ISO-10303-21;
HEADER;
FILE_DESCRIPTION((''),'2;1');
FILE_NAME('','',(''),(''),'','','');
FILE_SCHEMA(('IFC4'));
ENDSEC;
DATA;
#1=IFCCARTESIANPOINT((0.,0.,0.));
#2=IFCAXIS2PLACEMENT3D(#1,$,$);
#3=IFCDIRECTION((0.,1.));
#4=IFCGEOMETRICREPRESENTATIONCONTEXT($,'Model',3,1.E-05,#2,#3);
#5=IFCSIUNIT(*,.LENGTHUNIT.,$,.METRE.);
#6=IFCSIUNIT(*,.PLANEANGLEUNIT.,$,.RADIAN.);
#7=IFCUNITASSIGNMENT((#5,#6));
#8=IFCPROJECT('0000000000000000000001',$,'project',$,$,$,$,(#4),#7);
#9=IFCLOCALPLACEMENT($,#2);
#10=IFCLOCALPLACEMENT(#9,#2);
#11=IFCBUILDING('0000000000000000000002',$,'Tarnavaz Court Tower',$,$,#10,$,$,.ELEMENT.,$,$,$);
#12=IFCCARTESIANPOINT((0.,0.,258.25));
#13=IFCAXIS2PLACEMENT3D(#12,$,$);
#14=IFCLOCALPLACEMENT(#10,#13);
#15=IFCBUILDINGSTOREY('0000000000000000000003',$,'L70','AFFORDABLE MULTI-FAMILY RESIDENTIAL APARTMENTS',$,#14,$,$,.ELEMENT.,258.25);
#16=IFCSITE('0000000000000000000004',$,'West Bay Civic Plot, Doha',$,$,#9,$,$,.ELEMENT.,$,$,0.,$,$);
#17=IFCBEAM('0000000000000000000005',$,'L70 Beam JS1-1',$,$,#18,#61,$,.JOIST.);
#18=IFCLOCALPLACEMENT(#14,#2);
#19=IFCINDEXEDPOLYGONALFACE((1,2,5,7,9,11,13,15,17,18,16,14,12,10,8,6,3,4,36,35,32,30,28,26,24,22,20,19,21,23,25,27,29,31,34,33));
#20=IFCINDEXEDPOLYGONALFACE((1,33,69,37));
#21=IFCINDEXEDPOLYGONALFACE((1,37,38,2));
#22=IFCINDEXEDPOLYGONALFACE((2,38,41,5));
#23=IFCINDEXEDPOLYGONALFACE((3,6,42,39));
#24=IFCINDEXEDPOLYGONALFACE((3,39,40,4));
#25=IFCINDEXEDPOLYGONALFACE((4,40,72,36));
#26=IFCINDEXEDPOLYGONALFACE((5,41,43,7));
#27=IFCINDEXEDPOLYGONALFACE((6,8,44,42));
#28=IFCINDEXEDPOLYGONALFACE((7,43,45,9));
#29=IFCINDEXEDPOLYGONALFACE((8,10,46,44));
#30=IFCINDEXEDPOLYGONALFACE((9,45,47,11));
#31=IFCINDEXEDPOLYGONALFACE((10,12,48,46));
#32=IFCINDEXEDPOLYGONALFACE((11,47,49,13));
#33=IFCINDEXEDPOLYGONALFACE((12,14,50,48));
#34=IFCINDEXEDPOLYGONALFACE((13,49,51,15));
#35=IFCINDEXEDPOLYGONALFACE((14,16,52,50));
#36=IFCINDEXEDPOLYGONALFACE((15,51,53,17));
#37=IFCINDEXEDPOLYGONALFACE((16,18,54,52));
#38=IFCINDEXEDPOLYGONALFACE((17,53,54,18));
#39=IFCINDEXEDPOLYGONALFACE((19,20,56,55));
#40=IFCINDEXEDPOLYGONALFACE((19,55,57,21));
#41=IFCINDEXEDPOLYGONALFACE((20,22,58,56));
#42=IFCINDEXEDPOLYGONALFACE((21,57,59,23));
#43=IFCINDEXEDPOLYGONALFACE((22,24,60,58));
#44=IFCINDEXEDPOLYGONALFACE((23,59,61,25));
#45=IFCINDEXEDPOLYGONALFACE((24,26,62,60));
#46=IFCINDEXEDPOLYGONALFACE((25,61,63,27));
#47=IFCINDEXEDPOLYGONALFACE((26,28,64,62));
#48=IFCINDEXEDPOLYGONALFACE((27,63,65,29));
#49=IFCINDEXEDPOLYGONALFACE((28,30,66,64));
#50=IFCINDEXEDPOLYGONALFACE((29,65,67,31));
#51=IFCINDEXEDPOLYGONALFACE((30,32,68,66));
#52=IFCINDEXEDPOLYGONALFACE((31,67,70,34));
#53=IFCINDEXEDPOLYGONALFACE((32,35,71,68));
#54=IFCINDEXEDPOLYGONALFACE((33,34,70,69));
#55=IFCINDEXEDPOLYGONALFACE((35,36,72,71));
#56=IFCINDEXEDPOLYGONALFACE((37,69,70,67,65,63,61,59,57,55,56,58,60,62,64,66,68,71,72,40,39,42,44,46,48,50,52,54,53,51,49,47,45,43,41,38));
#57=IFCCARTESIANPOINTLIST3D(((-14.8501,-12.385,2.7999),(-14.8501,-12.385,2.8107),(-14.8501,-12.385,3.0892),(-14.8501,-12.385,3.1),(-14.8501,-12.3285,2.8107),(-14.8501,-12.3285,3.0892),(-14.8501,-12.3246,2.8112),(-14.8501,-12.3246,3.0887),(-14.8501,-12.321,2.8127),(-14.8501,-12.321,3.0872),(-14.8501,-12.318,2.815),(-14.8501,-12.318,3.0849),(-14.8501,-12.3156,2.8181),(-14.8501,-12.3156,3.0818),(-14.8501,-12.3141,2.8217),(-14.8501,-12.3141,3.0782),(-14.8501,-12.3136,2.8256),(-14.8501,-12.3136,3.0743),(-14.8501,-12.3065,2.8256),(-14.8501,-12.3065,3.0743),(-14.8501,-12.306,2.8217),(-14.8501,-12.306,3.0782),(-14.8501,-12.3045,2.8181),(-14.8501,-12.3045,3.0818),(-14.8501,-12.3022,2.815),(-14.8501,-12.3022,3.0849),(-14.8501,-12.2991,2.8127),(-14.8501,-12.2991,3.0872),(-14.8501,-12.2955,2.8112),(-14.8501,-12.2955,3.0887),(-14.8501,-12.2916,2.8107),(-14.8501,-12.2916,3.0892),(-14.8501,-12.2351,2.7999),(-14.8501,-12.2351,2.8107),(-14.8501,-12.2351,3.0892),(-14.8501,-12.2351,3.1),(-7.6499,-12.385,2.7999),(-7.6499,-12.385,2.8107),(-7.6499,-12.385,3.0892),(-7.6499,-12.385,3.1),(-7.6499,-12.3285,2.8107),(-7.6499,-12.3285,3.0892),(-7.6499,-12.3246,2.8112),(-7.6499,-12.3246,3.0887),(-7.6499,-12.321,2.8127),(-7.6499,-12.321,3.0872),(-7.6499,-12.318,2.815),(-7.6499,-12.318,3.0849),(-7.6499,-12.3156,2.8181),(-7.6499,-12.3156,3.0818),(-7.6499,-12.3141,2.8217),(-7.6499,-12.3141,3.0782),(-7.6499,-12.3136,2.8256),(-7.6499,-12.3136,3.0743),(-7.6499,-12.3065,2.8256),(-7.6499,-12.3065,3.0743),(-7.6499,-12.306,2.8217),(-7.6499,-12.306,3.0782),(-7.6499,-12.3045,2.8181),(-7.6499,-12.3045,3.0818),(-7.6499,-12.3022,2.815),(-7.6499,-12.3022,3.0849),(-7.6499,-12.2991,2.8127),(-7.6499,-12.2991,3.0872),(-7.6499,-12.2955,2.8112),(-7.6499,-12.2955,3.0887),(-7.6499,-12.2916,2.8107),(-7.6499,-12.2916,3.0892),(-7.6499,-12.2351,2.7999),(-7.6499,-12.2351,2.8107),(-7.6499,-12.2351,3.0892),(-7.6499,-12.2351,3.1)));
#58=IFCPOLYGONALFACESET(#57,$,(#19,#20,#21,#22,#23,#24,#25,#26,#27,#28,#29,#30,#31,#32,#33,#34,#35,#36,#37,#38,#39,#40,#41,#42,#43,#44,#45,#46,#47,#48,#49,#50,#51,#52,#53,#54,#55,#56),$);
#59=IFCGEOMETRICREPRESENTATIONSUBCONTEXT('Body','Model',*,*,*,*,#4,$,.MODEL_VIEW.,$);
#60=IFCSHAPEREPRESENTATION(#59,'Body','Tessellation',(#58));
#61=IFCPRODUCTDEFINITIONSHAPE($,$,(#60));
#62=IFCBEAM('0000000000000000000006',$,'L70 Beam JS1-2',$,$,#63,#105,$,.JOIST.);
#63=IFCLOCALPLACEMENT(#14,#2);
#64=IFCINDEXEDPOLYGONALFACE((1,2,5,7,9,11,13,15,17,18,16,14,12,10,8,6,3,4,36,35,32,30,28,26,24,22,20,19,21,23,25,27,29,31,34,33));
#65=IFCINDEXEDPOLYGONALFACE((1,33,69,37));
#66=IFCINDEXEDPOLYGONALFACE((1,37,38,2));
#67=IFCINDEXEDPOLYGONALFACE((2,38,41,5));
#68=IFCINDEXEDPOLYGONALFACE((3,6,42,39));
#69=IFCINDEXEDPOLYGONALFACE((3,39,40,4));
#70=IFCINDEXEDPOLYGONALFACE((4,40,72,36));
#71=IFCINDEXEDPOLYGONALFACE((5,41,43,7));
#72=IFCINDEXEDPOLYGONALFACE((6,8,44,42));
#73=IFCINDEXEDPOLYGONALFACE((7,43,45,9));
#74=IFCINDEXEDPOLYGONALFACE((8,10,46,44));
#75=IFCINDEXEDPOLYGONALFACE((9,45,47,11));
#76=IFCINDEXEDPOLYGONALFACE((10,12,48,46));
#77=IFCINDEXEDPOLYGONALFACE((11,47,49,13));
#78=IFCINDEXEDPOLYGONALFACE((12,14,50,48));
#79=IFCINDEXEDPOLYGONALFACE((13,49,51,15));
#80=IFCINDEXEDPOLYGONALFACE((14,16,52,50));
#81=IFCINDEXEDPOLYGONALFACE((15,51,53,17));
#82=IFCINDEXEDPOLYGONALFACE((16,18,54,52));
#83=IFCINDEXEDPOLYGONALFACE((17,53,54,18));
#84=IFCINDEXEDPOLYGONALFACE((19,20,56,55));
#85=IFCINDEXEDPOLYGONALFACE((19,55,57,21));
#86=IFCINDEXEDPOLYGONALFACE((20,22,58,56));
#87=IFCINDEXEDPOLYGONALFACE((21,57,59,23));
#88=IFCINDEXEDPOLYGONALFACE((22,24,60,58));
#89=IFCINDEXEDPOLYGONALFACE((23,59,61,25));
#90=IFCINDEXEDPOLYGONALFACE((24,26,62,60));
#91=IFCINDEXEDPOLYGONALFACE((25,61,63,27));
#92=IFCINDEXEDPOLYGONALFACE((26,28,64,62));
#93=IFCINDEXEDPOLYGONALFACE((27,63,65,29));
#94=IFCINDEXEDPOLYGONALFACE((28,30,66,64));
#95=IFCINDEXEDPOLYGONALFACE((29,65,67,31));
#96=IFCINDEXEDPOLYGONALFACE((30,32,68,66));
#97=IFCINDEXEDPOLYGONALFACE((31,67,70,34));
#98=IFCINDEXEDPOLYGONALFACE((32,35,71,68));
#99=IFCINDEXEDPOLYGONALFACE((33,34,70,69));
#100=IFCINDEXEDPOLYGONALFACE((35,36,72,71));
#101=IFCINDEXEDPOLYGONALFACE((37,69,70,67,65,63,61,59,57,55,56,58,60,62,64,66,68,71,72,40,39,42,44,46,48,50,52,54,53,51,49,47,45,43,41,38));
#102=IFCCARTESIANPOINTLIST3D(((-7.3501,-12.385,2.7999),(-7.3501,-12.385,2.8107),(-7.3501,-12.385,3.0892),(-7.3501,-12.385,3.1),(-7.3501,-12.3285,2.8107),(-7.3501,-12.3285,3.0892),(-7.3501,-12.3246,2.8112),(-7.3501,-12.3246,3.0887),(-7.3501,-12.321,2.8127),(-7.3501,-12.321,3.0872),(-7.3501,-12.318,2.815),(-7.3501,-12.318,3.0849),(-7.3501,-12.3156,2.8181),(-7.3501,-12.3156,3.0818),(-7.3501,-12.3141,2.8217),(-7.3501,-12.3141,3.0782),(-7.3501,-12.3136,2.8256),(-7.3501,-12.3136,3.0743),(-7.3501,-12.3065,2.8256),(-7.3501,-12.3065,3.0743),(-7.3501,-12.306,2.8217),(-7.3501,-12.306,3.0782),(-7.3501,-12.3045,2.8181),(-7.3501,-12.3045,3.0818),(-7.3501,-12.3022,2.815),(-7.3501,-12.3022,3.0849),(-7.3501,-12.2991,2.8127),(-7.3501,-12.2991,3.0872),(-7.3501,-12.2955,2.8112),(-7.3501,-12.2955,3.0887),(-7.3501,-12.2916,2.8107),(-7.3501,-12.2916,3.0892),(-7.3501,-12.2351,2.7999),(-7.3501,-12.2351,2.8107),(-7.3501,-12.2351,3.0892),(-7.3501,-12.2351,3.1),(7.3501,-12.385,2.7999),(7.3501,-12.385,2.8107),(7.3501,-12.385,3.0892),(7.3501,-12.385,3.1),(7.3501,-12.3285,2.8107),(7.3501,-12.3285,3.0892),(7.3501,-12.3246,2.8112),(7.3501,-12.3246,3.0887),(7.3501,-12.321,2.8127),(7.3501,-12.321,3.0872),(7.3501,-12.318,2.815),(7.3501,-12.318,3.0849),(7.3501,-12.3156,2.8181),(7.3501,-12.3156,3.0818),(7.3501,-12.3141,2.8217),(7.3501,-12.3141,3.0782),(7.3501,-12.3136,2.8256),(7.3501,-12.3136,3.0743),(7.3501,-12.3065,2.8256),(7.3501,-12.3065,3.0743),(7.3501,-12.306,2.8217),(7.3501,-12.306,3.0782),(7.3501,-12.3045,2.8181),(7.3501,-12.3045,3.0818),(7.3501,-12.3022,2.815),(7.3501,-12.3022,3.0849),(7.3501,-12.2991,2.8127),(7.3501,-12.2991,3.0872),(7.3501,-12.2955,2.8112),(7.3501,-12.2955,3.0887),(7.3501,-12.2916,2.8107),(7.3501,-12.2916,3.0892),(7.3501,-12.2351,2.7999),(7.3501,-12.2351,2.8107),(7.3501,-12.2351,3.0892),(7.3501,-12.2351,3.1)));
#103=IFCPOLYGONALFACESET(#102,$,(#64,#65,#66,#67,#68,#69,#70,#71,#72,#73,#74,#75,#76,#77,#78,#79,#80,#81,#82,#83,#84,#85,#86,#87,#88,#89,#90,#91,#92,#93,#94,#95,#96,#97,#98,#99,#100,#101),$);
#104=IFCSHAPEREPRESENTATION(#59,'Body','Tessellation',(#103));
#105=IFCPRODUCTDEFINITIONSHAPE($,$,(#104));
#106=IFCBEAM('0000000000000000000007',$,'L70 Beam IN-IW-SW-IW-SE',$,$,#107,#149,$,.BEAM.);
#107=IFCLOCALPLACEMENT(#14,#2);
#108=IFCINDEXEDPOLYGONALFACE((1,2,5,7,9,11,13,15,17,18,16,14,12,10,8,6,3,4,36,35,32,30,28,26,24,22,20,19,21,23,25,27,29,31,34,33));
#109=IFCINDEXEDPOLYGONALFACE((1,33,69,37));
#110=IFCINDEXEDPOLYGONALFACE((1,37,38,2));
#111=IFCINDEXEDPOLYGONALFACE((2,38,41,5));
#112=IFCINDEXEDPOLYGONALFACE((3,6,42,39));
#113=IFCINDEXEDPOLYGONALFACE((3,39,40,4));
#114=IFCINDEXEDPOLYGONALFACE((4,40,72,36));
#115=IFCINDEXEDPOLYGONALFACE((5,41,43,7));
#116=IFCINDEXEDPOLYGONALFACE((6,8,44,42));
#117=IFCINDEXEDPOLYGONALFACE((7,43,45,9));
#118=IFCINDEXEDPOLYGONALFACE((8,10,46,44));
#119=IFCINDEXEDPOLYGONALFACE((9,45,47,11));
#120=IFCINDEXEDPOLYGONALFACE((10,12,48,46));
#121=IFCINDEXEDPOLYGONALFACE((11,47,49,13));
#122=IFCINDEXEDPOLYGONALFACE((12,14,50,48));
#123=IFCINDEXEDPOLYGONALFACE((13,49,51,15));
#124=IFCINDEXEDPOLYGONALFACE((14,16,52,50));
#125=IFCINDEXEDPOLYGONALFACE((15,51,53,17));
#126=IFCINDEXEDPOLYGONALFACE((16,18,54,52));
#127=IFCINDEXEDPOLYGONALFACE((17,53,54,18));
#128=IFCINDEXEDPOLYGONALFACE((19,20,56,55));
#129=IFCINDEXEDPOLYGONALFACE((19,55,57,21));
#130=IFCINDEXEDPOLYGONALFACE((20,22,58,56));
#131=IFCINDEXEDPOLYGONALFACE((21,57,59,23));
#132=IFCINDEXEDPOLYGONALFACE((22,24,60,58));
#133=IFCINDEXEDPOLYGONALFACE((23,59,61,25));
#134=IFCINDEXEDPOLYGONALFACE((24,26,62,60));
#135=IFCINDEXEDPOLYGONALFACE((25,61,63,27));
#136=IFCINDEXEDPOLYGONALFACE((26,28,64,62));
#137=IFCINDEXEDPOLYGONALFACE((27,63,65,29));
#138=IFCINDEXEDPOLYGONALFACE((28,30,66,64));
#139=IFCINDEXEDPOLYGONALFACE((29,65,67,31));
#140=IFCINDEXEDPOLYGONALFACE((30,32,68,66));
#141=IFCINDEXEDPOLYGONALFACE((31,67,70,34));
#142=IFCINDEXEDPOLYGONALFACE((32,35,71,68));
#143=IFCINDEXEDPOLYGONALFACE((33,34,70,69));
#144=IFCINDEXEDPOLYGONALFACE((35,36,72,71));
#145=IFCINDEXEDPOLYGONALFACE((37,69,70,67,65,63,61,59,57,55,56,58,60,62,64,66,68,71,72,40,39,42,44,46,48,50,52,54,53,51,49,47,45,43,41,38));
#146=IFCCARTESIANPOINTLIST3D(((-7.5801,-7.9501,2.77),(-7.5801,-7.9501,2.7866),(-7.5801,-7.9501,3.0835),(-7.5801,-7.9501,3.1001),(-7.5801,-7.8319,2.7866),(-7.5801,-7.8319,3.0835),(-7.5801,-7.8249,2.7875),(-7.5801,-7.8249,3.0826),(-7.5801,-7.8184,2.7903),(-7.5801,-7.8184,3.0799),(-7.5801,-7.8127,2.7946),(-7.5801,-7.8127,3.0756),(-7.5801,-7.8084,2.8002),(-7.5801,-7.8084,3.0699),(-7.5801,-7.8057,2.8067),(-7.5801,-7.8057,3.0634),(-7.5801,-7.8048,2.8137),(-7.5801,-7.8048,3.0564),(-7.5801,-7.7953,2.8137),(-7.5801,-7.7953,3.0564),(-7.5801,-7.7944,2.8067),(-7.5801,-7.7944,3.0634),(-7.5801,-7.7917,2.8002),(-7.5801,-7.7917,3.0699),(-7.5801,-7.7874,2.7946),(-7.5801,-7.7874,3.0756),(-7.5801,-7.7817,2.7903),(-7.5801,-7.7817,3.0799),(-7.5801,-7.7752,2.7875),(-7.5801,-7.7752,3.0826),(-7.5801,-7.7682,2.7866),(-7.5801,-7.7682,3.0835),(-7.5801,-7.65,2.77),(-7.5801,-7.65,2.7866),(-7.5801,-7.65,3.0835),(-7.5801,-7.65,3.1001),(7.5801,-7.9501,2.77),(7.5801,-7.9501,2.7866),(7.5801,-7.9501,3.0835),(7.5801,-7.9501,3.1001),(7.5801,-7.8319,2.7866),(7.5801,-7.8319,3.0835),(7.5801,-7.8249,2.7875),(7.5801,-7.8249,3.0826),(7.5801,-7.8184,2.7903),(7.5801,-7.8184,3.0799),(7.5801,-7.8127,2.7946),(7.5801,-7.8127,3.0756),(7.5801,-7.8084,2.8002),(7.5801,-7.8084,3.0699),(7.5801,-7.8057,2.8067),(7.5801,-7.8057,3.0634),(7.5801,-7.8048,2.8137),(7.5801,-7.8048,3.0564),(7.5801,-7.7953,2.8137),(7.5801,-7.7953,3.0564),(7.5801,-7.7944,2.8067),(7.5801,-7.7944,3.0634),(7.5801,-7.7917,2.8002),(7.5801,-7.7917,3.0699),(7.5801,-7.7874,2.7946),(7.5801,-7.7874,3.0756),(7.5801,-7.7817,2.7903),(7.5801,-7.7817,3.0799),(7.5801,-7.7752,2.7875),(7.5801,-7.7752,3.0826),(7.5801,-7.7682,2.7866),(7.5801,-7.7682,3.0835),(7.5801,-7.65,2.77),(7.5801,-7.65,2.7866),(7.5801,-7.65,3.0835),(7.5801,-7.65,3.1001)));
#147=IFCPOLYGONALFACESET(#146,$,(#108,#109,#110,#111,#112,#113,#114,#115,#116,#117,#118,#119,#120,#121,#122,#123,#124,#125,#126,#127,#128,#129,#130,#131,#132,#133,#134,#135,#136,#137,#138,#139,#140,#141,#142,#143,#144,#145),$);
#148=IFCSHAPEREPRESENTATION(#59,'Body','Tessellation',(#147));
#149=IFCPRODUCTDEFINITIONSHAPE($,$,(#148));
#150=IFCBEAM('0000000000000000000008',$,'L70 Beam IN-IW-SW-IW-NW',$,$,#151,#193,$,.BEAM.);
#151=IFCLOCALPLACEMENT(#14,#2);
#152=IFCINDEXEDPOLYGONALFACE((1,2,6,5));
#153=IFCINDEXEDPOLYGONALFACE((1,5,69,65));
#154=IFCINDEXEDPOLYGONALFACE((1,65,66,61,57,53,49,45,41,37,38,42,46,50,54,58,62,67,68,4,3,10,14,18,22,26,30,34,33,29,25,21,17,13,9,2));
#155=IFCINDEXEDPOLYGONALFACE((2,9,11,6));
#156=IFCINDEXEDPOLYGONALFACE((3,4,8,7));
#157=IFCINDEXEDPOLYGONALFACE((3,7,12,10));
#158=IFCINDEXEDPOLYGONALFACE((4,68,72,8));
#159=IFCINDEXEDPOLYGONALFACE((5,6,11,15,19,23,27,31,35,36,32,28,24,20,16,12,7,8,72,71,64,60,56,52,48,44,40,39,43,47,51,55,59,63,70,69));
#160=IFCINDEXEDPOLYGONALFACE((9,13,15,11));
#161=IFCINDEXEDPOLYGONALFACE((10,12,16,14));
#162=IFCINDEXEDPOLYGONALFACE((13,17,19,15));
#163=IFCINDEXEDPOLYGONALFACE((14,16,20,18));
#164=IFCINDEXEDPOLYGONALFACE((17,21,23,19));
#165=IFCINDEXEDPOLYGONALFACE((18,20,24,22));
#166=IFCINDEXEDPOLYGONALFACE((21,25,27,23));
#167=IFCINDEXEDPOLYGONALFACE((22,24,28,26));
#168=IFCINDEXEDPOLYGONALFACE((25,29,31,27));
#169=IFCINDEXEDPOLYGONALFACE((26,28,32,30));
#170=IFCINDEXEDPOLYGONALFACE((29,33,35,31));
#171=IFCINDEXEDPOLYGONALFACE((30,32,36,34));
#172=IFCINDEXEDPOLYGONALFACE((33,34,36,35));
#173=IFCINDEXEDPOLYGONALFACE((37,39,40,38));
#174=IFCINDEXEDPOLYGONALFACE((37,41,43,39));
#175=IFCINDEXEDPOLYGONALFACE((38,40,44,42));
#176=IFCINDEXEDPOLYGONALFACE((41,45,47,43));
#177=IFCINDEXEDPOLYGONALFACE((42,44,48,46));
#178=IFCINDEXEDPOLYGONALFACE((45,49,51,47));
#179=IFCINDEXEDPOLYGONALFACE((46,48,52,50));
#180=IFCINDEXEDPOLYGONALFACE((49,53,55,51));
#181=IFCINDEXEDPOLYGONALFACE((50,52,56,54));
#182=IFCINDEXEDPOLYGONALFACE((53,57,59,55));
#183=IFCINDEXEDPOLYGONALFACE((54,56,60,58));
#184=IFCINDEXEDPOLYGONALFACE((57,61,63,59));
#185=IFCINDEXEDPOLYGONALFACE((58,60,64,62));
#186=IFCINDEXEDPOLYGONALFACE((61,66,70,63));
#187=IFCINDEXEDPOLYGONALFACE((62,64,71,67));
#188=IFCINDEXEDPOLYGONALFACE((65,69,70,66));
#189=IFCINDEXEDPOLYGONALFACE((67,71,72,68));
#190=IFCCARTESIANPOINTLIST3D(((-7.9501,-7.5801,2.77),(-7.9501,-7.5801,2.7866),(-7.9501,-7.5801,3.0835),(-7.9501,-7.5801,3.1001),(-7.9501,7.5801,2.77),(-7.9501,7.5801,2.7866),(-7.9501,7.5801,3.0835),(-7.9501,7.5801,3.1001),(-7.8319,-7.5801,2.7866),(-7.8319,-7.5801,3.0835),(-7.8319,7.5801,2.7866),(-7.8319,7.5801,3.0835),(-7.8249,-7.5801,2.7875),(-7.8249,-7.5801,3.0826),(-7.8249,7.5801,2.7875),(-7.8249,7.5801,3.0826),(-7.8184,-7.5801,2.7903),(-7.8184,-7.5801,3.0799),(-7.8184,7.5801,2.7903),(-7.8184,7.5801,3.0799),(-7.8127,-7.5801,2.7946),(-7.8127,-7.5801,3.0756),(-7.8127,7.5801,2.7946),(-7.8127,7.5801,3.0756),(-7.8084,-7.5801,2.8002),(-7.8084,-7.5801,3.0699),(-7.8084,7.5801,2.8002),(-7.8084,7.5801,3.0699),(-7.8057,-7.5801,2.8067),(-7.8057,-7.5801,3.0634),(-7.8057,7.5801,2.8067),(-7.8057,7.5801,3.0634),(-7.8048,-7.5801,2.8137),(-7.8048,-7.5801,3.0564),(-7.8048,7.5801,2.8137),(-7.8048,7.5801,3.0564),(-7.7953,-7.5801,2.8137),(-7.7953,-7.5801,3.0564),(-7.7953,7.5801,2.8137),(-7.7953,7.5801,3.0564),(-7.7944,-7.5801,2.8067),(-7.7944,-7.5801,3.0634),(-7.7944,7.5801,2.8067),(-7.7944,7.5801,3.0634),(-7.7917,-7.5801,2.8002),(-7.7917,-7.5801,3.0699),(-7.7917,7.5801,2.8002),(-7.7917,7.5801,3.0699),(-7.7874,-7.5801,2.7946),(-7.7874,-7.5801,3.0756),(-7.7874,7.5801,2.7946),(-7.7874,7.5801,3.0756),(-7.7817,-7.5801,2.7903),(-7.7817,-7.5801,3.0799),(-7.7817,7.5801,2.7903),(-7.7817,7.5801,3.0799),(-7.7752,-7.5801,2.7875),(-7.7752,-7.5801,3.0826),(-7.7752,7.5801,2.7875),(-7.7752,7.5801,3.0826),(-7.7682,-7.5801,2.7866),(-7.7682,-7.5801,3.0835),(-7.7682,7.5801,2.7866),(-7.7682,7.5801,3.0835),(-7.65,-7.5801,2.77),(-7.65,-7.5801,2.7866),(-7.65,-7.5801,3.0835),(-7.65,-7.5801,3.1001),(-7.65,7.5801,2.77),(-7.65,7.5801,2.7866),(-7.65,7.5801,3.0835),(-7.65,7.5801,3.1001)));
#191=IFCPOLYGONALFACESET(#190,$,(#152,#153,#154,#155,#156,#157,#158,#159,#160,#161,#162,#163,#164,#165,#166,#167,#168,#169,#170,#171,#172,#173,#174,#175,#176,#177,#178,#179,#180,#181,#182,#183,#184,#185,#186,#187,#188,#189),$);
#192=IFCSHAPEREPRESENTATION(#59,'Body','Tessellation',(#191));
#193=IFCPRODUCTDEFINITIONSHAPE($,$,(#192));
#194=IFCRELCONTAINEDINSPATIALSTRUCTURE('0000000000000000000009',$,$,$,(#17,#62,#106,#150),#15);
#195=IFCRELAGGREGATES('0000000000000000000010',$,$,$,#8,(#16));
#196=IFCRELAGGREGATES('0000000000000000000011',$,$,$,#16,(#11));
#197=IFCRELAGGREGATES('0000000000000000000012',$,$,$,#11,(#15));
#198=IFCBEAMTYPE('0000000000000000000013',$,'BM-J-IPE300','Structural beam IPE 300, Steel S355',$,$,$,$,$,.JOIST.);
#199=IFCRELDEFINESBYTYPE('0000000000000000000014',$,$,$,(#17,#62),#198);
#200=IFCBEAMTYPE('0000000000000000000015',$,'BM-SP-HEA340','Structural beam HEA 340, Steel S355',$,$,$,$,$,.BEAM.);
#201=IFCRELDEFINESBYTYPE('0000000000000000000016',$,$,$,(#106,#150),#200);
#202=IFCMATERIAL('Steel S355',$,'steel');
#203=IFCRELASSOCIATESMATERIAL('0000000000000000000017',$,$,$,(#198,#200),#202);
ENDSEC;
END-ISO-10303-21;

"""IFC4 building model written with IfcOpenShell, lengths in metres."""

from ifc_helpers import new_model, si_unit, direction, frame, origin, origin_2d, place, context, subcontext, project, spatial, i_section, extrude, material, material_profile, profile_set, type_object, element, save


model = new_model("IFC4")

# Units and contexts
model_context = context("Model", 3, precision=1e-05, world=origin(), true_north=direction((0.0, 1.0)))
body_context = subcontext(model_context, "Body", "Model", "MODEL_VIEW")
ifc_project = project(units=[si_unit("LENGTHUNIT", "METRE"), si_unit("PLANEANGLEUNIT", "RADIAN")], contexts=[model_context])

# Site, building, storey
site_placement = place(None, origin())
site = spatial("IfcSite", under=ifc_project, at=site_placement, Name="West Bay Civic Plot, Doha", CompositionType="ELEMENT", RefElevation=0.0)
building_placement = place(site_placement, origin())
building = spatial("IfcBuilding", under=site, at=building_placement, Name="Tarnavaz Court Tower", CompositionType="ELEMENT")
storey_placement = place(building_placement, frame((0.0, 0.0, 258.25)))
storey = spatial("IfcBuildingStorey", under=building, at=storey_placement, Name="L70", Description="AFFORDABLE MULTI-FAMILY RESIDENTIAL APARTMENTS", CompositionType="ELEMENT", Elevation=258.25)

# Beams
ifc_material_1 = material(Name="Steel S355", Category="steel")
ifc_material_profile_1 = material_profile(ifc_material_1, i_section(OverallWidth=0.1499, OverallDepth=0.3, WebThickness=0.0071, FlangeThickness=0.0107, FilletRadius=0.0149, at=origin_2d()), Name="IPE 300")
ifc_profile_set_1 = profile_set([ifc_material_profile_1], Name="Steel S355")
beam_type_1 = type_object("IfcBeamType", Name="BM-J-IPE300", Description="Structural beam IPE 300, Steel S355", PredefinedType="JOIST", material=ifc_profile_set_1)
beam_1_placement = place(storey_placement, frame((-14.8501, -12.3101, 2.95), z_axis=(1.0, 0.0, 0.0), x_axis=(0.0, 1.0, 0.0)))
element("IfcBeam", 1, at=beam_1_placement, inside=storey, type_object=beam_type_1, Name="L70 Beam JS1-1", PredefinedType="JOIST", context=body_context, shape_type="SweptSolid", body=[
    extrude(i_section(OverallWidth=0.1499, OverallDepth=0.3, WebThickness=0.0071, FlangeThickness=0.0107, FilletRadius=0.0149, at=origin_2d()), origin(), (0.0, 0.0, 1.0), 7.2002),
])
beam_2_placement = place(storey_placement, frame((-7.3501, -12.3101, 2.95), z_axis=(1.0, 0.0, 0.0), x_axis=(0.0, 1.0, 0.0)))
element("IfcBeam", 2, at=beam_2_placement, inside=storey, type_object=beam_type_1, Name="L70 Beam JS1-2", PredefinedType="JOIST", context=body_context, shape_type="SweptSolid", body=[
    extrude(i_section(OverallWidth=0.1499, OverallDepth=0.3, WebThickness=0.0071, FlangeThickness=0.0107, FilletRadius=0.0149, at=origin_2d()), origin(), (0.0, 0.0, 1.0), 14.7002),
])
ifc_material_profile_2 = material_profile(ifc_material_1, i_section(OverallWidth=0.3, OverallDepth=0.3301, WebThickness=0.0095, FlangeThickness=0.0166, FilletRadius=0.0271, at=origin_2d()), Name="HEA 340")
ifc_profile_set_2 = profile_set([ifc_material_profile_2], Name="Steel S355")
beam_type_2 = type_object("IfcBeamType", Name="BM-SP-HEA340", Description="Structural beam HEA 340, Steel S355", PredefinedType="BEAM", material=ifc_profile_set_2)
for number, where, z_axis, x_axis, name in (
    (3, (-7.5801, -7.8, 2.9351), (1.0, 0.0, 0.0), (0.0, 1.0, 0.0), "L70 Beam IN-IW-SW-IW-SE"),
    (4, (-7.8, -7.5801, 2.9351), (0.0, 1.0, 0.0), (-1.0, 0.0, 0.0), "L70 Beam IN-IW-SW-IW-NW"),
):
    element("IfcBeam", number, at=place(storey_placement, frame(where, z_axis=z_axis, x_axis=x_axis)), inside=storey, type_object=beam_type_2, Name=name, PredefinedType="BEAM", context=body_context, shape_type="SweptSolid", body=[
        extrude(i_section(OverallWidth=0.3, OverallDepth=0.3301, WebThickness=0.0095, FlangeThickness=0.0166, FilletRadius=0.0271, at=origin_2d()), origin(), (0.0, 0.0, 1.0), 15.1602),
    ])

save(model, "model.ifc")
